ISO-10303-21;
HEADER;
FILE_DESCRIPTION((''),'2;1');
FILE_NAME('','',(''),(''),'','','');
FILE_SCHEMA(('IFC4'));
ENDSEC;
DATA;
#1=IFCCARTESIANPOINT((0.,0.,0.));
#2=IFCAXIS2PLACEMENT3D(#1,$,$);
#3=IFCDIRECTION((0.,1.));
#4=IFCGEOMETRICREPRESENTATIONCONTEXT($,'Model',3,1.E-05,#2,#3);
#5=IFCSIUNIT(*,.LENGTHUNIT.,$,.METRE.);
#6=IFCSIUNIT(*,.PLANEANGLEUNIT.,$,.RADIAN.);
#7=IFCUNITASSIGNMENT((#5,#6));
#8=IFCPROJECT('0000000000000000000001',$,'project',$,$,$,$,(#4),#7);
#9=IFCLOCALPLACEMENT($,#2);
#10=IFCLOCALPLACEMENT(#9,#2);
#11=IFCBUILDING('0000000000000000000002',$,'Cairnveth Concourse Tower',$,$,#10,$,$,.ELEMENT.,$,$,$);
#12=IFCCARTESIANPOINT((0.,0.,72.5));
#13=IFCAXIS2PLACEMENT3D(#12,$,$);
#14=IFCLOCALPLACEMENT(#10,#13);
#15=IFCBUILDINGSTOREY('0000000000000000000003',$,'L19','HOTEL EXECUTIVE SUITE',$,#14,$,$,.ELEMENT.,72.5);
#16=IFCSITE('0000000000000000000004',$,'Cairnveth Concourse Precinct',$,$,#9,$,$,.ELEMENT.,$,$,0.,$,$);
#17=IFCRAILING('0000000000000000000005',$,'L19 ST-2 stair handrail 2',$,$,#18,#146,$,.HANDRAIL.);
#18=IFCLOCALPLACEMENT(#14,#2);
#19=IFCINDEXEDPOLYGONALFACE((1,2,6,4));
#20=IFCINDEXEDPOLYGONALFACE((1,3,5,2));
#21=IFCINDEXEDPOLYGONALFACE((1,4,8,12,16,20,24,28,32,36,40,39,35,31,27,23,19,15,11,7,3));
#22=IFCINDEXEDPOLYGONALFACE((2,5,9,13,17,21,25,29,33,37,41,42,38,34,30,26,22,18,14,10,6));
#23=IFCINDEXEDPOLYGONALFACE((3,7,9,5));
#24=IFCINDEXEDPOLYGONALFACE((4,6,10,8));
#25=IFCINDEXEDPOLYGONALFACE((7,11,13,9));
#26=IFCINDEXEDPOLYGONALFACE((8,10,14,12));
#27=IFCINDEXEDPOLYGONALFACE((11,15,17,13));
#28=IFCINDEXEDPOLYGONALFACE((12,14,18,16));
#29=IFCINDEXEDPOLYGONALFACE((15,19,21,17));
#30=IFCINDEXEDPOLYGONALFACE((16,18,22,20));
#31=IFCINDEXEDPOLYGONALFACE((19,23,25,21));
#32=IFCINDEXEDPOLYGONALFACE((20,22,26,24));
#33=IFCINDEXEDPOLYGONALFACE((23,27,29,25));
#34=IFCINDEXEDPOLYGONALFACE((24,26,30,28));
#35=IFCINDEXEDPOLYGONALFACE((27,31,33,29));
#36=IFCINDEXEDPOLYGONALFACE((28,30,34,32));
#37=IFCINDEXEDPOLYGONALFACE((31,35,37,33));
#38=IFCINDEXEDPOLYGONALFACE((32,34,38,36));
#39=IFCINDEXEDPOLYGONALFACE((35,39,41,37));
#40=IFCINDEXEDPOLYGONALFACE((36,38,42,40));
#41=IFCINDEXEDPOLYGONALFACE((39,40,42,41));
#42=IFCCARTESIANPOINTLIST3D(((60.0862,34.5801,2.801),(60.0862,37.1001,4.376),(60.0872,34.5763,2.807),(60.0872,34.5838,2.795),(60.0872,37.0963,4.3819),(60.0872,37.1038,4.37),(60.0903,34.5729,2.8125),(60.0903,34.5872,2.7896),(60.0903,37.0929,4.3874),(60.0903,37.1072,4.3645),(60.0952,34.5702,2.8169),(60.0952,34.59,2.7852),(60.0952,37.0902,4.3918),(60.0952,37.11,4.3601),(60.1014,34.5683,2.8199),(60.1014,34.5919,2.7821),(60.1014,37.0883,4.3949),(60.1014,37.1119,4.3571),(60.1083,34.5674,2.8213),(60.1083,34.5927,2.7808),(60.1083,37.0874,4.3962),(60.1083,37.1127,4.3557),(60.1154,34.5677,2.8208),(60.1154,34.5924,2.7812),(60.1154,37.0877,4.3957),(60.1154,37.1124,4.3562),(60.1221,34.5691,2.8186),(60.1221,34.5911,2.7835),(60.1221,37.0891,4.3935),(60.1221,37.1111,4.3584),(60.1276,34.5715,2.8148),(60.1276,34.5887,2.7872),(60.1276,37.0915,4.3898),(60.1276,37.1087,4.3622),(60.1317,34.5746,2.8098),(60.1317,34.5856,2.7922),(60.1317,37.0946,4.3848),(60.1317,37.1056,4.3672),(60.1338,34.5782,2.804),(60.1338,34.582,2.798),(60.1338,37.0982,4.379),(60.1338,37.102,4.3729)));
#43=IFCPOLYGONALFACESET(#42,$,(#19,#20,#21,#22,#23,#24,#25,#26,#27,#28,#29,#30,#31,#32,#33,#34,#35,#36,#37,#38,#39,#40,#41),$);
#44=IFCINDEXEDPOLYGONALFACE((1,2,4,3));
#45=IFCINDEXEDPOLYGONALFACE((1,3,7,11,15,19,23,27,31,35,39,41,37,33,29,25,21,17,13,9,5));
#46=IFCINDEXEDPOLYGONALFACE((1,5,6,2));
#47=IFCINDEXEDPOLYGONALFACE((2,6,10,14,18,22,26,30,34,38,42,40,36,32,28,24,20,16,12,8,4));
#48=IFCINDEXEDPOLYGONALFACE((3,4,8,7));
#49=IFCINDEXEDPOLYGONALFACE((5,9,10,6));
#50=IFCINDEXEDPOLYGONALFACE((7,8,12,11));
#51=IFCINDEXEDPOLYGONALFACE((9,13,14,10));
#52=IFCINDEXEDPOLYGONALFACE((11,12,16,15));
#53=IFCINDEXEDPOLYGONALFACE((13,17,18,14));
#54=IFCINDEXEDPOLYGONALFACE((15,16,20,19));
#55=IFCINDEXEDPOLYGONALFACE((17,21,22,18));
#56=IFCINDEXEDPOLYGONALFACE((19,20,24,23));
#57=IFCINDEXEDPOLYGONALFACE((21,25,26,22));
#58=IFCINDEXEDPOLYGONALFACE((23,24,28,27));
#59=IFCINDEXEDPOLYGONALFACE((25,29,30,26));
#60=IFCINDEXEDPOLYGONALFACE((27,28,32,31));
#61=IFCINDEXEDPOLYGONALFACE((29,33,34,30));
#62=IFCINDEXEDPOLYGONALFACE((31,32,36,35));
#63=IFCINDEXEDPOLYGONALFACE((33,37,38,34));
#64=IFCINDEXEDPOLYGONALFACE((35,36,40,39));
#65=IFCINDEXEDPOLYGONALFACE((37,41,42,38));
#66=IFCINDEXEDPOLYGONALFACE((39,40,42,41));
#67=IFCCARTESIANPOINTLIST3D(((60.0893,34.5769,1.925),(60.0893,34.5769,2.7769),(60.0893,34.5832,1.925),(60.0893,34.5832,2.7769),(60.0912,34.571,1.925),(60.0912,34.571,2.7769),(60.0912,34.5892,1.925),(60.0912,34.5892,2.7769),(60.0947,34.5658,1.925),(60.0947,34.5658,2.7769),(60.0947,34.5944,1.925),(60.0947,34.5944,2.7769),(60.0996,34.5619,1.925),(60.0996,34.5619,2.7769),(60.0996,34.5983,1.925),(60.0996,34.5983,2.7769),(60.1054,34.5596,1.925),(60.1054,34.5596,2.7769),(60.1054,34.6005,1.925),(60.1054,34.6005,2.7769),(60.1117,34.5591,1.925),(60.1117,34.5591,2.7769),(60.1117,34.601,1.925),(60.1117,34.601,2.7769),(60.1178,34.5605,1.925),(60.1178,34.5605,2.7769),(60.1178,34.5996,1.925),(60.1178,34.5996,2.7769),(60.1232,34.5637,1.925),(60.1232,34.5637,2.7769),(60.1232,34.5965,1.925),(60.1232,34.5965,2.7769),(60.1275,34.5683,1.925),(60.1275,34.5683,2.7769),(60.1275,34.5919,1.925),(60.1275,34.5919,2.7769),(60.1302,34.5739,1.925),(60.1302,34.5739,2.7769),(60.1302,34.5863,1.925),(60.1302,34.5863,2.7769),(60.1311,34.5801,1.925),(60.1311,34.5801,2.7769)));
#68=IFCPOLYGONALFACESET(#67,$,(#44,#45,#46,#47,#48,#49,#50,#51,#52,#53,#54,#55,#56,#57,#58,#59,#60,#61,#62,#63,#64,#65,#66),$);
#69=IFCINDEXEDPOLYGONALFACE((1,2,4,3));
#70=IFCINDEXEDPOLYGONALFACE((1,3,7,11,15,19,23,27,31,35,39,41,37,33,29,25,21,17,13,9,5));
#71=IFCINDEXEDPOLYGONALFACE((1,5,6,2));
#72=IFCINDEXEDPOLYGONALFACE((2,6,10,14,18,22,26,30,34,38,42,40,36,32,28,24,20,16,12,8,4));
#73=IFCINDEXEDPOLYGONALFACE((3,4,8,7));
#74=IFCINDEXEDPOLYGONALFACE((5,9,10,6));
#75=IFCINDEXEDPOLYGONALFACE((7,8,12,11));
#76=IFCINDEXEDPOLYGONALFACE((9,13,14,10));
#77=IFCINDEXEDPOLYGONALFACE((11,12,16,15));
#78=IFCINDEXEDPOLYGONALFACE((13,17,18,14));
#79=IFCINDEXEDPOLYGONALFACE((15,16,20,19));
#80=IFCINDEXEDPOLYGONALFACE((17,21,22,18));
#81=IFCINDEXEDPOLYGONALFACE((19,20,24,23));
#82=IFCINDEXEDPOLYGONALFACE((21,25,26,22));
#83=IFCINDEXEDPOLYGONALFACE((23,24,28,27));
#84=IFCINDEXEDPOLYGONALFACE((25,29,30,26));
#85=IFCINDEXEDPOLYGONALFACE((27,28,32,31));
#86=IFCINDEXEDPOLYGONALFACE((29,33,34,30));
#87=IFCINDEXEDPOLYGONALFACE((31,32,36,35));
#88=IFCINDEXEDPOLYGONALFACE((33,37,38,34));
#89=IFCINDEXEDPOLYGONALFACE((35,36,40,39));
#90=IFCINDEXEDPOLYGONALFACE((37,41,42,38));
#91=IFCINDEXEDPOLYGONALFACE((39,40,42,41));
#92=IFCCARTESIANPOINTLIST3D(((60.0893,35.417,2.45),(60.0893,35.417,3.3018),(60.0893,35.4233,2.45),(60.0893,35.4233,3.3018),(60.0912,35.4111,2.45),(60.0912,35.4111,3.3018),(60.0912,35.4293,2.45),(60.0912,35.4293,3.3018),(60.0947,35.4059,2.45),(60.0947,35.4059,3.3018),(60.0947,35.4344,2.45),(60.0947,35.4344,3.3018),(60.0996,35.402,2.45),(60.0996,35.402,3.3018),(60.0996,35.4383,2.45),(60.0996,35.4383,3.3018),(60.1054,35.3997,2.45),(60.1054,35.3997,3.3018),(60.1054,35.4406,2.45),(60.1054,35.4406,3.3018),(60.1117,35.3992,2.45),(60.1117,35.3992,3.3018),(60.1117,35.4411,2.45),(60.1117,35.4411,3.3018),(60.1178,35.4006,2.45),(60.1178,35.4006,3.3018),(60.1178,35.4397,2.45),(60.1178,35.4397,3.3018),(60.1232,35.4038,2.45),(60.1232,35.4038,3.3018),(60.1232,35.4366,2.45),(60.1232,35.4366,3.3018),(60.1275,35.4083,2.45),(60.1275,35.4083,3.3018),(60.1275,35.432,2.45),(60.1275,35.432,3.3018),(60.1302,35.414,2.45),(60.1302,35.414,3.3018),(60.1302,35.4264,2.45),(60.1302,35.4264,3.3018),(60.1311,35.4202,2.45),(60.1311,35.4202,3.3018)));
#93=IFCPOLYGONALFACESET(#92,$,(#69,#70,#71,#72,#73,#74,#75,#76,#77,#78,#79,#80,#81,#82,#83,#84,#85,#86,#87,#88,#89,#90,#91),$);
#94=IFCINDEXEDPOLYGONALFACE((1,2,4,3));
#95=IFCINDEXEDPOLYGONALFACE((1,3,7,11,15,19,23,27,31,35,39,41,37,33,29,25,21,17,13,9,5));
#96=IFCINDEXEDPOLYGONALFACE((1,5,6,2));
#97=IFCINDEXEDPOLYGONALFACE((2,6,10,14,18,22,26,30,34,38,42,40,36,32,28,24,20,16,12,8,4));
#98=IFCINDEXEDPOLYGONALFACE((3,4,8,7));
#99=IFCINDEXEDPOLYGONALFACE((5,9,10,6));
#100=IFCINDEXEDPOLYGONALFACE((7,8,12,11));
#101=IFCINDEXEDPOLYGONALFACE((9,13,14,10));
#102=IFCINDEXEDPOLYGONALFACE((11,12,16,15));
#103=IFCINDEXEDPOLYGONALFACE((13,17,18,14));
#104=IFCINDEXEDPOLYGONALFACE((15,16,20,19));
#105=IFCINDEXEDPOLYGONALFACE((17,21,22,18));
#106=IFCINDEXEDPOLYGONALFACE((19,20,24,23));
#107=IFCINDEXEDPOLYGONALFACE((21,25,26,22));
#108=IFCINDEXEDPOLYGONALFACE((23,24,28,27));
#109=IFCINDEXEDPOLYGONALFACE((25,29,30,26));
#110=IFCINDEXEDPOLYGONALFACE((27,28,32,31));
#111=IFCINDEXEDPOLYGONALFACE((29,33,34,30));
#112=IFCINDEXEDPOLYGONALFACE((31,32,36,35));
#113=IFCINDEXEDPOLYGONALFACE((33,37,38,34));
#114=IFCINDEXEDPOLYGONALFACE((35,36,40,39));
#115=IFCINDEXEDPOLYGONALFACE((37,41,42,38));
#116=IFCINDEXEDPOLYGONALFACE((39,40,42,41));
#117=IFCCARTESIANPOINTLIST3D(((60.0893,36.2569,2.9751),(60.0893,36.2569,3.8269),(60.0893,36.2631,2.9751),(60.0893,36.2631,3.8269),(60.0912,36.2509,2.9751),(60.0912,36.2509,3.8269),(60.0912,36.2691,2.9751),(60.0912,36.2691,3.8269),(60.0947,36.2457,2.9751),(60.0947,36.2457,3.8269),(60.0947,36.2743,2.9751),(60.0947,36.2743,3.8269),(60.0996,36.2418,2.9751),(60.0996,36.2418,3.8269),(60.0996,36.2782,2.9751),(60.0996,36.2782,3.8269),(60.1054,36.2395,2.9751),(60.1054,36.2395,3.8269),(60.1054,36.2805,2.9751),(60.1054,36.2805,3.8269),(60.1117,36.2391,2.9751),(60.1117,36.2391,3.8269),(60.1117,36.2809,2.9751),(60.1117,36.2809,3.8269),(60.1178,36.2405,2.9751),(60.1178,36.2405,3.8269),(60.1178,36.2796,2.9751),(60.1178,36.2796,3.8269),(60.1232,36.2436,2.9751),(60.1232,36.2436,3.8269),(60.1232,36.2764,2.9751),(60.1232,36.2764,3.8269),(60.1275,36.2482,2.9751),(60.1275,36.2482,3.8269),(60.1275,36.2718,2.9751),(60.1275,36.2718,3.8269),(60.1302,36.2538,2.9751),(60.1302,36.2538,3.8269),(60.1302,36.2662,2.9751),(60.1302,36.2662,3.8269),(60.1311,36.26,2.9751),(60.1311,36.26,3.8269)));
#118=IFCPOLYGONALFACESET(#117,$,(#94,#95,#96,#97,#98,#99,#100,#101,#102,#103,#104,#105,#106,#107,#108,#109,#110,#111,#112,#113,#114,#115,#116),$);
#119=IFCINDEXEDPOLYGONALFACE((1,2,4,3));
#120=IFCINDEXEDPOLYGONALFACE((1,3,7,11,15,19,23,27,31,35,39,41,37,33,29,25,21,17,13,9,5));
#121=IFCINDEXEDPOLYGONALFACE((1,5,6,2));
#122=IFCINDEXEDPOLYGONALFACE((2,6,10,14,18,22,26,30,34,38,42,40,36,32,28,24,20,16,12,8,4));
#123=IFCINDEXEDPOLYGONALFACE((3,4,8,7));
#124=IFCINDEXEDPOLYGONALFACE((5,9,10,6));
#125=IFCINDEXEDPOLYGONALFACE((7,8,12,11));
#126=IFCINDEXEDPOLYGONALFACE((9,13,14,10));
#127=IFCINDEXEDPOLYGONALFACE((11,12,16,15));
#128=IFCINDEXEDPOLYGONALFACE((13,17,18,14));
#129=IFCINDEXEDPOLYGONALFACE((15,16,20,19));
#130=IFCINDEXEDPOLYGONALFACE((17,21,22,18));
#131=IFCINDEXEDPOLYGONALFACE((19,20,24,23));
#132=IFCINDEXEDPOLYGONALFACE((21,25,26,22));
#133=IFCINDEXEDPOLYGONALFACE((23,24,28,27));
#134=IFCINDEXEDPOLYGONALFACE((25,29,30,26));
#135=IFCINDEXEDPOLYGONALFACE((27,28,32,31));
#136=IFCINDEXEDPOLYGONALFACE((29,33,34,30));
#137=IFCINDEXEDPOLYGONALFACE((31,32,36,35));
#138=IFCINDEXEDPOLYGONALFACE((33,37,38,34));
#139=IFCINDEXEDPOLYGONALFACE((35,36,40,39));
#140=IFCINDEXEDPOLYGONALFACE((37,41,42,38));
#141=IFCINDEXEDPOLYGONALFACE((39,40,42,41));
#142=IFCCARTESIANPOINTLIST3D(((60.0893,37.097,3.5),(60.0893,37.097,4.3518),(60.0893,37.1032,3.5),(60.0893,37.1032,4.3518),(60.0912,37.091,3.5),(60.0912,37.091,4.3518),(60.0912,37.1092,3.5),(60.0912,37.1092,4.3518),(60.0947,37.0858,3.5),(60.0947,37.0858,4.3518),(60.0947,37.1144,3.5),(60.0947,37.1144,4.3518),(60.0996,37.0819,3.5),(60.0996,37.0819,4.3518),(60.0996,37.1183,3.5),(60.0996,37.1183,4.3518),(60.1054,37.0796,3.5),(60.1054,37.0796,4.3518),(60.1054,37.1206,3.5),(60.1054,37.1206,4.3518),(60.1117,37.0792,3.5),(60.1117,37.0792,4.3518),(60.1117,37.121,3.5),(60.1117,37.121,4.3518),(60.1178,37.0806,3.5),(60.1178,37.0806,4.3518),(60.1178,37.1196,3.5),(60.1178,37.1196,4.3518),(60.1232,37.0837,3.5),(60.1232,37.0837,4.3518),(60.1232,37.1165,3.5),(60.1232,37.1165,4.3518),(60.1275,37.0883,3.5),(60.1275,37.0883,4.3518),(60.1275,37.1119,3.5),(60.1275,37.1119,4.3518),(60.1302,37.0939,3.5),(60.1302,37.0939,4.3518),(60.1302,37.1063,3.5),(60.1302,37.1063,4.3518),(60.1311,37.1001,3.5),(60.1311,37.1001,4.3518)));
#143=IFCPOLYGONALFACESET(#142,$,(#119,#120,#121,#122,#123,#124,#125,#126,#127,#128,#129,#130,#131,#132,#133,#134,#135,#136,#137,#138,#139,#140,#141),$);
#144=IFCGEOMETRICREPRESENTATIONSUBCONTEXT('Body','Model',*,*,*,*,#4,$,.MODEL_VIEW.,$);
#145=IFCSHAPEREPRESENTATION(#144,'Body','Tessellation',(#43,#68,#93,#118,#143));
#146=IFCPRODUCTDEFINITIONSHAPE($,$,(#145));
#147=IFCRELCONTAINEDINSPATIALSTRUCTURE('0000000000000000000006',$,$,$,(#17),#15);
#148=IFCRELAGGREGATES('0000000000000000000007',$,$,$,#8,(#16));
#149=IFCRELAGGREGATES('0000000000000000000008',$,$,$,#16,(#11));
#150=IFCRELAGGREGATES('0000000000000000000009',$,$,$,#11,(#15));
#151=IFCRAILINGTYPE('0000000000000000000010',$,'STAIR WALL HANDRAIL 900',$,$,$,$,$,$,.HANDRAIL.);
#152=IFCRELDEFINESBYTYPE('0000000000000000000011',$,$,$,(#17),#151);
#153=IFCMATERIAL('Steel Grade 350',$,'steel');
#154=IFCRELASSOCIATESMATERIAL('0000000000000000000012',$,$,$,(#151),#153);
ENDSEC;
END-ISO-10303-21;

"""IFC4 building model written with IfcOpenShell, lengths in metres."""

from ifc_helpers import new_model, si_unit, direction, frame, origin, origin_2d, place, context, subcontext, project, spatial, circle, extrude, material, type_object, element, save


model = new_model("IFC4")

# Units and contexts
model_context = context("Model", 3, precision=1e-05, world=origin(), true_north=direction((0.0, 1.0)))
body_context = subcontext(model_context, "Body", "Model", "MODEL_VIEW")
ifc_project = project(units=[si_unit("LENGTHUNIT", "METRE"), si_unit("PLANEANGLEUNIT", "RADIAN")], contexts=[model_context])

# Site, building, storey
site_placement = place(None, origin())
site = spatial("IfcSite", under=ifc_project, at=site_placement, Name="Cairnveth Concourse Precinct", CompositionType="ELEMENT", RefElevation=0.0)
building_placement = place(site_placement, origin())
building = spatial("IfcBuilding", under=site, at=building_placement, Name="Cairnveth Concourse Tower", CompositionType="ELEMENT")
storey_placement = place(building_placement, frame((0.0, 0.0, 72.5)))
storey = spatial("IfcBuildingStorey", under=building, at=storey_placement, Name="L19", Description="HOTEL EXECUTIVE SUITE", CompositionType="ELEMENT", Elevation=72.5)

# Shared definitions
ifc_material_1 = material(Name="Steel Grade 350", Category="steel")

# Railing
railing_type_1 = type_object("IfcRailingType", Name="STAIR WALL HANDRAIL 900", PredefinedType="HANDRAIL", material=ifc_material_1)
railing_1_placement = place(storey_placement, frame((60.1101, 34.5801, 1.925)))
element("IfcRailing", 1, at=railing_1_placement, inside=storey, type_object=railing_type_1, Name="L19 ST-2 stair handrail 2", PredefinedType="HANDRAIL", context=body_context, shape_type="SweptSolid", body=[
    extrude(circle(Radius=0.0239, at=origin_2d()), frame((0.0, 0.0, 0.876), z_axis=(0.0, 0.848008, 0.529984), x_axis=(-1.0, 0.0, 0.0)), (0.0, 0.0, 1.0), 2.9717),
    extrude(circle(Radius=0.021, at=origin_2d()), origin(), (0.0, 0.0, 1.0), 0.8518),
    extrude(circle(Radius=0.021, at=origin_2d()), frame((0.0, 0.8401, 0.5249)), (0.0, 0.0, 1.0), 0.8518),
    extrude(circle(Radius=0.021, at=origin_2d()), frame((0.0, 1.6799, 1.05)), (0.0, 0.0, 1.0), 0.8518),
    extrude(circle(Radius=0.021, at=origin_2d()), frame((0.0, 2.52, 1.575)), (0.0, 0.0, 1.0), 0.8518),
])

save(model, "model.ifc")
